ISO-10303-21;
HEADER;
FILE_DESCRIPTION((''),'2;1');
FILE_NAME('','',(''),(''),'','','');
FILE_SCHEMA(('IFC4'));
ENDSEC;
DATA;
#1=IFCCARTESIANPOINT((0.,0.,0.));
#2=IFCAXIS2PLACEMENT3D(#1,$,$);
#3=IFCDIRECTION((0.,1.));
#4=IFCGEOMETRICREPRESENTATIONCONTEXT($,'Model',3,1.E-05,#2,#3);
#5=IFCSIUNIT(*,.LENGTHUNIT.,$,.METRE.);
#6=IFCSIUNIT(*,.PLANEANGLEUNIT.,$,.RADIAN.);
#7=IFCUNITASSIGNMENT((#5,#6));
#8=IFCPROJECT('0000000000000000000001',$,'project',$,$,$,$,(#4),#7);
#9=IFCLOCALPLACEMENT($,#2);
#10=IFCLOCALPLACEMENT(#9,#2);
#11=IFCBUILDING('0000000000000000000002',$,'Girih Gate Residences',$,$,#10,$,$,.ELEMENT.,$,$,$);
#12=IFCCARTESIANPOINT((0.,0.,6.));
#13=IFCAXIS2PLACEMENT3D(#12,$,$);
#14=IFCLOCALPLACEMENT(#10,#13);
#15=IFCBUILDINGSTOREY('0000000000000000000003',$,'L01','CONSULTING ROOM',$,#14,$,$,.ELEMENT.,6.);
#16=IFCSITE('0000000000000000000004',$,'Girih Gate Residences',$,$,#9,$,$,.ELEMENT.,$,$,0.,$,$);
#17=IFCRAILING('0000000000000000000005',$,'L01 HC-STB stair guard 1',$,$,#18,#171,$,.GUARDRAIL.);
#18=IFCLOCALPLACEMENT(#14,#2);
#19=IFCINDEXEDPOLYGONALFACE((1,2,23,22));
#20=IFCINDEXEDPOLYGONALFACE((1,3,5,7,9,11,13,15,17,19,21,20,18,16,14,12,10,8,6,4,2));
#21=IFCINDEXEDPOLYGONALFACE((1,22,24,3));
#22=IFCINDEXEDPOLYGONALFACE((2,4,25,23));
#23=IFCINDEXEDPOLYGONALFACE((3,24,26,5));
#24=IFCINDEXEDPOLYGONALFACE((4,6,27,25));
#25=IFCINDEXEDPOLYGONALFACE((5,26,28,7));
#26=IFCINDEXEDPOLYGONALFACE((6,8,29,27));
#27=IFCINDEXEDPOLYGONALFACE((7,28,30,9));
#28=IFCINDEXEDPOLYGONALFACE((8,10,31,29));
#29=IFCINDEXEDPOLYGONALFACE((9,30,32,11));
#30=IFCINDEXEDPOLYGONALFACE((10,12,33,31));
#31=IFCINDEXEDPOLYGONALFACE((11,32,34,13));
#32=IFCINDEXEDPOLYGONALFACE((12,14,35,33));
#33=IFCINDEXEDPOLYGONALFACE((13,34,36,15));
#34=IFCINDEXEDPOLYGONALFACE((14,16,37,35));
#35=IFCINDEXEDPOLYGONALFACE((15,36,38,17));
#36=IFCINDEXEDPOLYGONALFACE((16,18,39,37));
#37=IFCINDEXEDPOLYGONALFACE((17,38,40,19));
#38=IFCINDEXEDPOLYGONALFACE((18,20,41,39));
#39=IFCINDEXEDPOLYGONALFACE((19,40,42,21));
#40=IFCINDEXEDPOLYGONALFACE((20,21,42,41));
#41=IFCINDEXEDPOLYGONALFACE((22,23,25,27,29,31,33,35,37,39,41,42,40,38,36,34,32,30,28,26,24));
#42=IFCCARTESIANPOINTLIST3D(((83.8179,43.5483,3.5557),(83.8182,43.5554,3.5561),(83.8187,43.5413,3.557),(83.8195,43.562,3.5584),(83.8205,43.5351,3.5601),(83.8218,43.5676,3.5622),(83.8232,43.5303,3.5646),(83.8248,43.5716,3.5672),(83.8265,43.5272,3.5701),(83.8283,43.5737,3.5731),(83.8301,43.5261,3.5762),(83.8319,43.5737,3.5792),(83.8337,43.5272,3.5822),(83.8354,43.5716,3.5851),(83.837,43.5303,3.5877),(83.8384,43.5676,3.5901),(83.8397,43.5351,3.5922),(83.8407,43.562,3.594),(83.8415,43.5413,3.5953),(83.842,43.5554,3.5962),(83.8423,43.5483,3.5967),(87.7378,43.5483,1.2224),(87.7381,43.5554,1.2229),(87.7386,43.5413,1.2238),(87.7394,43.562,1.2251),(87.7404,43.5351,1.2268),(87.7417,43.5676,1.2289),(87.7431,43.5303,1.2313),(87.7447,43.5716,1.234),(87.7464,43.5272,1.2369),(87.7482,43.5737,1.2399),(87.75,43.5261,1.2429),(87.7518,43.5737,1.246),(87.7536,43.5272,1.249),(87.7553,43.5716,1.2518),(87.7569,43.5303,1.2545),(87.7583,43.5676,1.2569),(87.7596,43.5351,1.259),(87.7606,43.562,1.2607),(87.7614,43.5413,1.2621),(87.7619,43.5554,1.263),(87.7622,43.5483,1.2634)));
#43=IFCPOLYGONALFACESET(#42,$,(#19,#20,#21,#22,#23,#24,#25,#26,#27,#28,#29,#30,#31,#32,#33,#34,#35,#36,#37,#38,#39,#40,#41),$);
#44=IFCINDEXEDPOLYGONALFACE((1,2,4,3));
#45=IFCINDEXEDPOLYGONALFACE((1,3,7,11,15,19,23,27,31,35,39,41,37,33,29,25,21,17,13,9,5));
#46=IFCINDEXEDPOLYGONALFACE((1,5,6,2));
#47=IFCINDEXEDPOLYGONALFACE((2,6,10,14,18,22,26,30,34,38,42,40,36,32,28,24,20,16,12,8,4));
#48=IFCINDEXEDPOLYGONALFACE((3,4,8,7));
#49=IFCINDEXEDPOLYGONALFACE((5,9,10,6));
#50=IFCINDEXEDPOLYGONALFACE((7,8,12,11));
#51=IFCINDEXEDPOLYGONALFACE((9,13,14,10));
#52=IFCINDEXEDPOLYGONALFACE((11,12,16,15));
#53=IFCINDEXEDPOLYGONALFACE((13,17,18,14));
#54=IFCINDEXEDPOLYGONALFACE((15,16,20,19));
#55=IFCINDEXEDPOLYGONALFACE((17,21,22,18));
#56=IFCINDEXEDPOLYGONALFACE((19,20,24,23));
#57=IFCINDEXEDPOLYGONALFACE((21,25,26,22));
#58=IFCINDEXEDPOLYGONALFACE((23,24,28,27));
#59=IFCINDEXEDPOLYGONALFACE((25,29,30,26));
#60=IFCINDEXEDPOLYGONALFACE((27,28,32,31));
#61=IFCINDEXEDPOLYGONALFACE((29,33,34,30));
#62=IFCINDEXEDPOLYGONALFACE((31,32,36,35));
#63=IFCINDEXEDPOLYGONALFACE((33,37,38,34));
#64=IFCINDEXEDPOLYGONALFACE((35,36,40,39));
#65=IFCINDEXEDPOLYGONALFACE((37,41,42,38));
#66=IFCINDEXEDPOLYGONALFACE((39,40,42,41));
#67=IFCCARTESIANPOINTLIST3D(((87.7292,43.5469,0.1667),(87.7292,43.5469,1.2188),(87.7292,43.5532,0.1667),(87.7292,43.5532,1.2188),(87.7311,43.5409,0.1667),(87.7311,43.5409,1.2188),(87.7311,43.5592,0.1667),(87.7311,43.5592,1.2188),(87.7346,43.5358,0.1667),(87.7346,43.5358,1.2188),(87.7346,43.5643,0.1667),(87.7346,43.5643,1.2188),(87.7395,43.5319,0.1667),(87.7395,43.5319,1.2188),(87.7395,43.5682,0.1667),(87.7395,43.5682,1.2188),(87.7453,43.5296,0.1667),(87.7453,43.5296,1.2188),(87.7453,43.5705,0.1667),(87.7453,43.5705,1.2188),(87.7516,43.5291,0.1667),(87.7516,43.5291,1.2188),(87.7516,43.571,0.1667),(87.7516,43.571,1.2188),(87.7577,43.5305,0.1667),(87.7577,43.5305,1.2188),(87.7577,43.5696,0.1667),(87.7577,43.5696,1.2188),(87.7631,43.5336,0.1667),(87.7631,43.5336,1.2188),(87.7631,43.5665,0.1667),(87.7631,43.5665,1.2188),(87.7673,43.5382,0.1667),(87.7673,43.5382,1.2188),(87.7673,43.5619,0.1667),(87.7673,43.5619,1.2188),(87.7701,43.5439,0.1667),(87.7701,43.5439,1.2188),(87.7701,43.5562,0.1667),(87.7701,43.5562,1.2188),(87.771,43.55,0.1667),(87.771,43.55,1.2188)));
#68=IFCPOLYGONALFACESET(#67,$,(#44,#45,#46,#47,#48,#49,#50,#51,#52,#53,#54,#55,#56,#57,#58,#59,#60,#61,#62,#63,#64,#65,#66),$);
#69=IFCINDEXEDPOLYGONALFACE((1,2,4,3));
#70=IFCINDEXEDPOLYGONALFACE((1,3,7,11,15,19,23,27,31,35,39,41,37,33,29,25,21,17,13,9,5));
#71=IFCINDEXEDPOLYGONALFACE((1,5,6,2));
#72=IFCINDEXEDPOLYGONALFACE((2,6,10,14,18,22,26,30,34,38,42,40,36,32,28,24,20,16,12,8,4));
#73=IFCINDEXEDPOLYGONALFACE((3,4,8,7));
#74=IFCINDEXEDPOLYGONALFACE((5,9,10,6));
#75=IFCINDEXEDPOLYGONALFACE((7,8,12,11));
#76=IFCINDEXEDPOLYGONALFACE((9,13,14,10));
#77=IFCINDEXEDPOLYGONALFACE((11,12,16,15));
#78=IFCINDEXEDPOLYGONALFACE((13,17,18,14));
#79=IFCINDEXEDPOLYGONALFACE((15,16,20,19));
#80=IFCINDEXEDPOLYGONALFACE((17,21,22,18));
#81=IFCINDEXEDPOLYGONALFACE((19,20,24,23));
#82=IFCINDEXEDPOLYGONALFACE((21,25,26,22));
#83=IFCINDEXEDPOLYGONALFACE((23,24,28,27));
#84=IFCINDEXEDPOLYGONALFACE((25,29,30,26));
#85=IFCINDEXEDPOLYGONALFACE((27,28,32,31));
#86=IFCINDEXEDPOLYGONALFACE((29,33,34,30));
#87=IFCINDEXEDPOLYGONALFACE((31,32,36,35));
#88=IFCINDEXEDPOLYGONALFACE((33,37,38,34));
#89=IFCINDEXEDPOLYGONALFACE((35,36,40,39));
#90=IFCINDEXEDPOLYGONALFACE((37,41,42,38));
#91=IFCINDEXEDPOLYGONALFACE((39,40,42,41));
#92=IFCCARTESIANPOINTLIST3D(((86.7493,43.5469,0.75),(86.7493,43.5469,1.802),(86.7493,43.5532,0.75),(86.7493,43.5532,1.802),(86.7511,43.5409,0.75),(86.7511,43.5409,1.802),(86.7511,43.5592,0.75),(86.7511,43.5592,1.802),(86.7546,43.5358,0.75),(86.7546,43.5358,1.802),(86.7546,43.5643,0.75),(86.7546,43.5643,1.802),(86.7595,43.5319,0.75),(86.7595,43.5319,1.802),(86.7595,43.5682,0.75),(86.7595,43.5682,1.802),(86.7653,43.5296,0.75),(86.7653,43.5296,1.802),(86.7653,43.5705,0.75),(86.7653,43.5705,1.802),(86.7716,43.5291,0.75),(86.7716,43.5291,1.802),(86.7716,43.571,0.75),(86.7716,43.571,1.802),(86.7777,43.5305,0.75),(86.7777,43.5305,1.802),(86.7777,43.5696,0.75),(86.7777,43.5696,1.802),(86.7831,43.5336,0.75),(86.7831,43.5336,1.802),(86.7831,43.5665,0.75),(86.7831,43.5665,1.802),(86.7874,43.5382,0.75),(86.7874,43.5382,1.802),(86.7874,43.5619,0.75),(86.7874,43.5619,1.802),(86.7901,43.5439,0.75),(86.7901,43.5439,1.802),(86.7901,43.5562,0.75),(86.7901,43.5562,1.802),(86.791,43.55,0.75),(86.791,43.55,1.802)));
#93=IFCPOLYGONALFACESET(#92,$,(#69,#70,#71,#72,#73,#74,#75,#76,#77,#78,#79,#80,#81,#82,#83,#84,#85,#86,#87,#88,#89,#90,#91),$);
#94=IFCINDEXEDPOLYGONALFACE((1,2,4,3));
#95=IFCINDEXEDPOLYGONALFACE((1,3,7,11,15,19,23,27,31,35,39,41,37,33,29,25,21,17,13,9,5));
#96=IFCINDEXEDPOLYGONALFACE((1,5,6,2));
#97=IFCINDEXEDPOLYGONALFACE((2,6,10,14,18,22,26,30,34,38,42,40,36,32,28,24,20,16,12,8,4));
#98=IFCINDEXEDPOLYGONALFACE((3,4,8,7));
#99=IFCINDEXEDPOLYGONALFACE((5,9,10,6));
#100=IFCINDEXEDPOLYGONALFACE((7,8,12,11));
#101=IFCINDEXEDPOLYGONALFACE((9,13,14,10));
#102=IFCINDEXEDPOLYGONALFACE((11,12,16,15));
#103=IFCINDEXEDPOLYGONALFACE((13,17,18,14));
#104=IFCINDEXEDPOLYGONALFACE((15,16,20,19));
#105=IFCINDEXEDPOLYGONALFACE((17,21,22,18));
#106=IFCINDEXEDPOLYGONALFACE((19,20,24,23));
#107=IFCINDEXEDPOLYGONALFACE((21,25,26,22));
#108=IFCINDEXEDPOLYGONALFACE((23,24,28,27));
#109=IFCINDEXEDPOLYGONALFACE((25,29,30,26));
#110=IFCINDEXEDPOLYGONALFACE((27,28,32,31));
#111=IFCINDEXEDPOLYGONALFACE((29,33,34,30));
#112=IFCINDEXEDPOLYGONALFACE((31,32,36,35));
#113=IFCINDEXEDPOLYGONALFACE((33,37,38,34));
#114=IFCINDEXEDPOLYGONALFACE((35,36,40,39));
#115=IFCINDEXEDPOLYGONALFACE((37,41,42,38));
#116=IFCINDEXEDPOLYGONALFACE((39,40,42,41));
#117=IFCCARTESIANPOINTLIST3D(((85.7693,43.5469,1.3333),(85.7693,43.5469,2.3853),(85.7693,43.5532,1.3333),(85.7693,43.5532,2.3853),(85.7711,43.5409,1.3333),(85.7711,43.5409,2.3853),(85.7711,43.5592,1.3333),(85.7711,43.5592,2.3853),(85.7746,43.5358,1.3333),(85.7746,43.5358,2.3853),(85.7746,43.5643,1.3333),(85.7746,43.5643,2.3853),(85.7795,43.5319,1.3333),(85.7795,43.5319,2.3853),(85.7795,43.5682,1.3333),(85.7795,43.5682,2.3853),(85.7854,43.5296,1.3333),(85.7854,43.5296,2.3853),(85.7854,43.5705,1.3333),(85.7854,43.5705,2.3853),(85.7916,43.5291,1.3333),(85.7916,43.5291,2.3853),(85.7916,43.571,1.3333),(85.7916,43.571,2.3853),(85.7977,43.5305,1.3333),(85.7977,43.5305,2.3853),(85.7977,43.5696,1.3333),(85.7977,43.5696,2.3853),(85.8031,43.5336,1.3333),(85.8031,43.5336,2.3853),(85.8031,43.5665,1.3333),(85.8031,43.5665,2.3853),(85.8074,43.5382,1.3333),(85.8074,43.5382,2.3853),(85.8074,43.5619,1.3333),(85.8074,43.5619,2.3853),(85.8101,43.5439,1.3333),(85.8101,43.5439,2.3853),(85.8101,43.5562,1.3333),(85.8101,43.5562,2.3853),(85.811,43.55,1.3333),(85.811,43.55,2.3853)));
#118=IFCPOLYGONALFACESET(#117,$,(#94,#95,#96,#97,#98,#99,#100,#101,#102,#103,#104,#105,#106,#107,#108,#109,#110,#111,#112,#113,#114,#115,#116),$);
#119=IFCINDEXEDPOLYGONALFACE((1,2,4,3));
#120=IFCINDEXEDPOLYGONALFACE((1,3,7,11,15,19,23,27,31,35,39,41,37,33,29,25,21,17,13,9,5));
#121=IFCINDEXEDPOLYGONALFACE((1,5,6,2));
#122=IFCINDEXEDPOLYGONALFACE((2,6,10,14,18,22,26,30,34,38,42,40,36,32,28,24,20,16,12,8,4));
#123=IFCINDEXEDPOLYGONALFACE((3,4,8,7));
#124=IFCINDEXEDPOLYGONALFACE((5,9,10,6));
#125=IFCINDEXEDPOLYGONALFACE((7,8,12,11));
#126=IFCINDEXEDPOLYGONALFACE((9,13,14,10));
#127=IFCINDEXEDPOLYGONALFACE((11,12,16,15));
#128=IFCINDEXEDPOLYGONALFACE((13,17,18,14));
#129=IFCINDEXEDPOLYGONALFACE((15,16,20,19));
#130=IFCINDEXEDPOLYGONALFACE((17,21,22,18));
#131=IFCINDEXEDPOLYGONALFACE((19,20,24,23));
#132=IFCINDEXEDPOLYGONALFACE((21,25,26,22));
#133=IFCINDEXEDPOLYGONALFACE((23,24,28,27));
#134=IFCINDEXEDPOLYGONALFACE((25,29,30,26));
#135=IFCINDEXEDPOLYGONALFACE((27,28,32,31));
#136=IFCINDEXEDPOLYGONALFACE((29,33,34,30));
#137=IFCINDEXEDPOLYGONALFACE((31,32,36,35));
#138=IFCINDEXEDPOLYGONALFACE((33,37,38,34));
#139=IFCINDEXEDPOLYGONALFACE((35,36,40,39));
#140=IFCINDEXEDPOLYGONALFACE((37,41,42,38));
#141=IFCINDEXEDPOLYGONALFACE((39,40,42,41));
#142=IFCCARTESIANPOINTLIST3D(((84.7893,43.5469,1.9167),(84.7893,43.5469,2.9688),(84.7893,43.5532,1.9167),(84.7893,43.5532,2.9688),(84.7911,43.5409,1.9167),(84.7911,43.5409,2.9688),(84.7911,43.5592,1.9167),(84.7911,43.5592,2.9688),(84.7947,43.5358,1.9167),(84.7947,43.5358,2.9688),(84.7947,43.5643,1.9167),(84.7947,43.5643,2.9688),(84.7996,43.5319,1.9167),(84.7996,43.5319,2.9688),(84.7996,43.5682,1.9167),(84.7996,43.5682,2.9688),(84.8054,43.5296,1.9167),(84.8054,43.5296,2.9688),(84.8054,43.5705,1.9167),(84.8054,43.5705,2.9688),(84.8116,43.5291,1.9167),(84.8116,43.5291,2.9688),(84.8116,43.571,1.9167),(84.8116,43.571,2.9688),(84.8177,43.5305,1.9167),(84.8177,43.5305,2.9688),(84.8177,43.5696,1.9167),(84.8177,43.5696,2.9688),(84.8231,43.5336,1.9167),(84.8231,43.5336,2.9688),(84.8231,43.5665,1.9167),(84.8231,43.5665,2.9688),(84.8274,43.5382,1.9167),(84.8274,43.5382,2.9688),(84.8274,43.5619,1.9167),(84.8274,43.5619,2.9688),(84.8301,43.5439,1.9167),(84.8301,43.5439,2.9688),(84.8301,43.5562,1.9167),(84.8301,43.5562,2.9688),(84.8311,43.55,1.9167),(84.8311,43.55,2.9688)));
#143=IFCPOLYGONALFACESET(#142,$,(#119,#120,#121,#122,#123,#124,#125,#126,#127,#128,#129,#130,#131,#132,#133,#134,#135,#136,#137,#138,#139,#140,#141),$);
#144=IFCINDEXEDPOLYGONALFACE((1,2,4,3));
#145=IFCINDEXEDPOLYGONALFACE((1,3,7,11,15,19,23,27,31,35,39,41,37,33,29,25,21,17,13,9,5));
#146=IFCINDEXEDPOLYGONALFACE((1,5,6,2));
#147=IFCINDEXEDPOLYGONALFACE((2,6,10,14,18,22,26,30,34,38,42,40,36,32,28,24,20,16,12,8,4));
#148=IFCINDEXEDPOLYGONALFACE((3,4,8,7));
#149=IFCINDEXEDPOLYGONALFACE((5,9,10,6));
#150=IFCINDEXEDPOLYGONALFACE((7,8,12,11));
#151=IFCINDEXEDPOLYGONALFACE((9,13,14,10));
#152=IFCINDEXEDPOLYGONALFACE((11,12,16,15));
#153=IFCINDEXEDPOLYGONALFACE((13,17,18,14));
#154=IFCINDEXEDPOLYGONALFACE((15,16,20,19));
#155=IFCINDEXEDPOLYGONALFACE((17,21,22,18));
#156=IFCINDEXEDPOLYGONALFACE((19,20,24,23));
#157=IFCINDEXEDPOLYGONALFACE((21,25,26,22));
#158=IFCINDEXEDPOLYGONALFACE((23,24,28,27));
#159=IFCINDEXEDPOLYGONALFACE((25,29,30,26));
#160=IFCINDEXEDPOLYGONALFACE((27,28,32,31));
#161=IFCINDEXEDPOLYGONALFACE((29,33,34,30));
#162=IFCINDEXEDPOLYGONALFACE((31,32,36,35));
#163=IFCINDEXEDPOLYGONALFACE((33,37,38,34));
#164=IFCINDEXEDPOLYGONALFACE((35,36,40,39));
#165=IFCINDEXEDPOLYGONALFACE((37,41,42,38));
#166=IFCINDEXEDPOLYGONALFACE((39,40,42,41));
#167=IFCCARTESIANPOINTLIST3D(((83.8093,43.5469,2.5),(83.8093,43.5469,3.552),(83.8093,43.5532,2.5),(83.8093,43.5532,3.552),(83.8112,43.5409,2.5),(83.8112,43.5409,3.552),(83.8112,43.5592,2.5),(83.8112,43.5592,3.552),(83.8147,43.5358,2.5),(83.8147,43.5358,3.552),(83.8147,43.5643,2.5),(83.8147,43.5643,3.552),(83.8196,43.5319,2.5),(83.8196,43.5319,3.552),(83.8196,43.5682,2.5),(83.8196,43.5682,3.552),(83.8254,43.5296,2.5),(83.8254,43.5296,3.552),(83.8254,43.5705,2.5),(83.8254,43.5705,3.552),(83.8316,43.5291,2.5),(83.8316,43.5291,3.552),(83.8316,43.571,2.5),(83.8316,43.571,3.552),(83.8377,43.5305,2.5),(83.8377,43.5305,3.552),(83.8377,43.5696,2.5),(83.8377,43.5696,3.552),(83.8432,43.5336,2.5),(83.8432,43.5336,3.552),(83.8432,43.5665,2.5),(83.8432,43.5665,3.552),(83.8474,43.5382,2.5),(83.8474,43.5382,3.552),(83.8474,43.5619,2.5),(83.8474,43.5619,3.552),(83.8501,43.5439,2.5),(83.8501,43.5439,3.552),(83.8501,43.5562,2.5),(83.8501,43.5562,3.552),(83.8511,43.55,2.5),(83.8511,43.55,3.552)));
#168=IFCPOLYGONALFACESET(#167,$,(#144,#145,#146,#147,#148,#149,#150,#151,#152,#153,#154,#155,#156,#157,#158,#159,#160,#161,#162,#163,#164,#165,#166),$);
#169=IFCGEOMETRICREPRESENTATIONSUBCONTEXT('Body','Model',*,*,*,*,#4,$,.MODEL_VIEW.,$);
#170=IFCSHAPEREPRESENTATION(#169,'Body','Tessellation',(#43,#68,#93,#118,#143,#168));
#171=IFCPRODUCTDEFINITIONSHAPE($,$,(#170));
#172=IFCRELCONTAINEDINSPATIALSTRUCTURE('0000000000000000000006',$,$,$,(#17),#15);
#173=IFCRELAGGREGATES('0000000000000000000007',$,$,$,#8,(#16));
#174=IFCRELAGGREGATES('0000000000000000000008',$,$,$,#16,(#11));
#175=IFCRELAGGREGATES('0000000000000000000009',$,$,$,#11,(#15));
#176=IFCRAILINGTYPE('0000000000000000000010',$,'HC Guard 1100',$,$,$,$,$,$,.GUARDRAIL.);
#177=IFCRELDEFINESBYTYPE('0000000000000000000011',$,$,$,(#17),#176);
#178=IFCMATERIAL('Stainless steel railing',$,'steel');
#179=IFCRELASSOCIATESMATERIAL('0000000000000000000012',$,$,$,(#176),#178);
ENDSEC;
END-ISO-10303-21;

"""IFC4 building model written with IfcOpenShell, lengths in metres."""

from ifc_helpers import new_model, si_unit, direction, frame, origin, origin_2d, place, context, subcontext, project, spatial, circle, extrude, material, type_object, element, save


model = new_model("IFC4")

# Units and contexts
model_context = context("Model", 3, precision=1e-05, world=origin(), true_north=direction((0.0, 1.0)))
body_context = subcontext(model_context, "Body", "Model", "MODEL_VIEW")
ifc_project = project(units=[si_unit("LENGTHUNIT", "METRE"), si_unit("PLANEANGLEUNIT", "RADIAN")], contexts=[model_context])

# Site, building, storey
site_placement = place(None, origin())
site = spatial("IfcSite", under=ifc_project, at=site_placement, Name="Girih Gate Residences", CompositionType="ELEMENT", RefElevation=0.0)
building_placement = place(site_placement, origin())
building = spatial("IfcBuilding", under=site, at=building_placement, Name="Girih Gate Residences", CompositionType="ELEMENT")
storey_placement = place(building_placement, frame((0.0, 0.0, 6.0)))
storey = spatial("IfcBuildingStorey", under=building, at=storey_placement, Name="L01", Description="CONSULTING ROOM", CompositionType="ELEMENT", Elevation=6.0)

# Railing
ifc_material_1 = material(Name="Stainless steel railing", Category="steel")
railing_type_1 = type_object("IfcRailingType", Name="HC Guard 1100", PredefinedType="GUARDRAIL", material=ifc_material_1)
railing_1_placement = place(storey_placement, frame((87.75, 43.55, 0.1667)))
element("IfcRailing", 1, at=railing_1_placement, inside=storey, type_object=railing_type_1, Name="L01 HC-STB stair guard 1", PredefinedType="GUARDRAIL", context=body_context, shape_type="SweptSolid", body=[
    extrude(circle(Radius=0.0239, at=origin_2d()), frame((0.0, 0.0, 1.0762), z_axis=(-0.859296, 0.0, 0.511478), x_axis=(0.0, -1.0, 0.0)), (0.0, 0.0, 1.0), 4.5618),
    extrude(circle(Radius=0.021, at=origin_2d()), origin(), (0.0, 0.0, 1.0), 1.052),
    extrude(circle(Radius=0.021, at=origin_2d()), frame((-0.98, 0.0, 0.5833)), (0.0, 0.0, 1.0), 1.052),
    extrude(circle(Radius=0.021, at=origin_2d()), frame((-1.96, 0.0, 1.1665)), (0.0, 0.0, 1.0), 1.052),
    extrude(circle(Radius=0.021, at=origin_2d()), frame((-2.9399, 0.0, 1.75)), (0.0, 0.0, 1.0), 1.052),
    extrude(circle(Radius=0.021, at=origin_2d()), frame((-3.9199, 0.0, 2.3333)), (0.0, 0.0, 1.0), 1.052),
])

save(model, "model.ifc")
